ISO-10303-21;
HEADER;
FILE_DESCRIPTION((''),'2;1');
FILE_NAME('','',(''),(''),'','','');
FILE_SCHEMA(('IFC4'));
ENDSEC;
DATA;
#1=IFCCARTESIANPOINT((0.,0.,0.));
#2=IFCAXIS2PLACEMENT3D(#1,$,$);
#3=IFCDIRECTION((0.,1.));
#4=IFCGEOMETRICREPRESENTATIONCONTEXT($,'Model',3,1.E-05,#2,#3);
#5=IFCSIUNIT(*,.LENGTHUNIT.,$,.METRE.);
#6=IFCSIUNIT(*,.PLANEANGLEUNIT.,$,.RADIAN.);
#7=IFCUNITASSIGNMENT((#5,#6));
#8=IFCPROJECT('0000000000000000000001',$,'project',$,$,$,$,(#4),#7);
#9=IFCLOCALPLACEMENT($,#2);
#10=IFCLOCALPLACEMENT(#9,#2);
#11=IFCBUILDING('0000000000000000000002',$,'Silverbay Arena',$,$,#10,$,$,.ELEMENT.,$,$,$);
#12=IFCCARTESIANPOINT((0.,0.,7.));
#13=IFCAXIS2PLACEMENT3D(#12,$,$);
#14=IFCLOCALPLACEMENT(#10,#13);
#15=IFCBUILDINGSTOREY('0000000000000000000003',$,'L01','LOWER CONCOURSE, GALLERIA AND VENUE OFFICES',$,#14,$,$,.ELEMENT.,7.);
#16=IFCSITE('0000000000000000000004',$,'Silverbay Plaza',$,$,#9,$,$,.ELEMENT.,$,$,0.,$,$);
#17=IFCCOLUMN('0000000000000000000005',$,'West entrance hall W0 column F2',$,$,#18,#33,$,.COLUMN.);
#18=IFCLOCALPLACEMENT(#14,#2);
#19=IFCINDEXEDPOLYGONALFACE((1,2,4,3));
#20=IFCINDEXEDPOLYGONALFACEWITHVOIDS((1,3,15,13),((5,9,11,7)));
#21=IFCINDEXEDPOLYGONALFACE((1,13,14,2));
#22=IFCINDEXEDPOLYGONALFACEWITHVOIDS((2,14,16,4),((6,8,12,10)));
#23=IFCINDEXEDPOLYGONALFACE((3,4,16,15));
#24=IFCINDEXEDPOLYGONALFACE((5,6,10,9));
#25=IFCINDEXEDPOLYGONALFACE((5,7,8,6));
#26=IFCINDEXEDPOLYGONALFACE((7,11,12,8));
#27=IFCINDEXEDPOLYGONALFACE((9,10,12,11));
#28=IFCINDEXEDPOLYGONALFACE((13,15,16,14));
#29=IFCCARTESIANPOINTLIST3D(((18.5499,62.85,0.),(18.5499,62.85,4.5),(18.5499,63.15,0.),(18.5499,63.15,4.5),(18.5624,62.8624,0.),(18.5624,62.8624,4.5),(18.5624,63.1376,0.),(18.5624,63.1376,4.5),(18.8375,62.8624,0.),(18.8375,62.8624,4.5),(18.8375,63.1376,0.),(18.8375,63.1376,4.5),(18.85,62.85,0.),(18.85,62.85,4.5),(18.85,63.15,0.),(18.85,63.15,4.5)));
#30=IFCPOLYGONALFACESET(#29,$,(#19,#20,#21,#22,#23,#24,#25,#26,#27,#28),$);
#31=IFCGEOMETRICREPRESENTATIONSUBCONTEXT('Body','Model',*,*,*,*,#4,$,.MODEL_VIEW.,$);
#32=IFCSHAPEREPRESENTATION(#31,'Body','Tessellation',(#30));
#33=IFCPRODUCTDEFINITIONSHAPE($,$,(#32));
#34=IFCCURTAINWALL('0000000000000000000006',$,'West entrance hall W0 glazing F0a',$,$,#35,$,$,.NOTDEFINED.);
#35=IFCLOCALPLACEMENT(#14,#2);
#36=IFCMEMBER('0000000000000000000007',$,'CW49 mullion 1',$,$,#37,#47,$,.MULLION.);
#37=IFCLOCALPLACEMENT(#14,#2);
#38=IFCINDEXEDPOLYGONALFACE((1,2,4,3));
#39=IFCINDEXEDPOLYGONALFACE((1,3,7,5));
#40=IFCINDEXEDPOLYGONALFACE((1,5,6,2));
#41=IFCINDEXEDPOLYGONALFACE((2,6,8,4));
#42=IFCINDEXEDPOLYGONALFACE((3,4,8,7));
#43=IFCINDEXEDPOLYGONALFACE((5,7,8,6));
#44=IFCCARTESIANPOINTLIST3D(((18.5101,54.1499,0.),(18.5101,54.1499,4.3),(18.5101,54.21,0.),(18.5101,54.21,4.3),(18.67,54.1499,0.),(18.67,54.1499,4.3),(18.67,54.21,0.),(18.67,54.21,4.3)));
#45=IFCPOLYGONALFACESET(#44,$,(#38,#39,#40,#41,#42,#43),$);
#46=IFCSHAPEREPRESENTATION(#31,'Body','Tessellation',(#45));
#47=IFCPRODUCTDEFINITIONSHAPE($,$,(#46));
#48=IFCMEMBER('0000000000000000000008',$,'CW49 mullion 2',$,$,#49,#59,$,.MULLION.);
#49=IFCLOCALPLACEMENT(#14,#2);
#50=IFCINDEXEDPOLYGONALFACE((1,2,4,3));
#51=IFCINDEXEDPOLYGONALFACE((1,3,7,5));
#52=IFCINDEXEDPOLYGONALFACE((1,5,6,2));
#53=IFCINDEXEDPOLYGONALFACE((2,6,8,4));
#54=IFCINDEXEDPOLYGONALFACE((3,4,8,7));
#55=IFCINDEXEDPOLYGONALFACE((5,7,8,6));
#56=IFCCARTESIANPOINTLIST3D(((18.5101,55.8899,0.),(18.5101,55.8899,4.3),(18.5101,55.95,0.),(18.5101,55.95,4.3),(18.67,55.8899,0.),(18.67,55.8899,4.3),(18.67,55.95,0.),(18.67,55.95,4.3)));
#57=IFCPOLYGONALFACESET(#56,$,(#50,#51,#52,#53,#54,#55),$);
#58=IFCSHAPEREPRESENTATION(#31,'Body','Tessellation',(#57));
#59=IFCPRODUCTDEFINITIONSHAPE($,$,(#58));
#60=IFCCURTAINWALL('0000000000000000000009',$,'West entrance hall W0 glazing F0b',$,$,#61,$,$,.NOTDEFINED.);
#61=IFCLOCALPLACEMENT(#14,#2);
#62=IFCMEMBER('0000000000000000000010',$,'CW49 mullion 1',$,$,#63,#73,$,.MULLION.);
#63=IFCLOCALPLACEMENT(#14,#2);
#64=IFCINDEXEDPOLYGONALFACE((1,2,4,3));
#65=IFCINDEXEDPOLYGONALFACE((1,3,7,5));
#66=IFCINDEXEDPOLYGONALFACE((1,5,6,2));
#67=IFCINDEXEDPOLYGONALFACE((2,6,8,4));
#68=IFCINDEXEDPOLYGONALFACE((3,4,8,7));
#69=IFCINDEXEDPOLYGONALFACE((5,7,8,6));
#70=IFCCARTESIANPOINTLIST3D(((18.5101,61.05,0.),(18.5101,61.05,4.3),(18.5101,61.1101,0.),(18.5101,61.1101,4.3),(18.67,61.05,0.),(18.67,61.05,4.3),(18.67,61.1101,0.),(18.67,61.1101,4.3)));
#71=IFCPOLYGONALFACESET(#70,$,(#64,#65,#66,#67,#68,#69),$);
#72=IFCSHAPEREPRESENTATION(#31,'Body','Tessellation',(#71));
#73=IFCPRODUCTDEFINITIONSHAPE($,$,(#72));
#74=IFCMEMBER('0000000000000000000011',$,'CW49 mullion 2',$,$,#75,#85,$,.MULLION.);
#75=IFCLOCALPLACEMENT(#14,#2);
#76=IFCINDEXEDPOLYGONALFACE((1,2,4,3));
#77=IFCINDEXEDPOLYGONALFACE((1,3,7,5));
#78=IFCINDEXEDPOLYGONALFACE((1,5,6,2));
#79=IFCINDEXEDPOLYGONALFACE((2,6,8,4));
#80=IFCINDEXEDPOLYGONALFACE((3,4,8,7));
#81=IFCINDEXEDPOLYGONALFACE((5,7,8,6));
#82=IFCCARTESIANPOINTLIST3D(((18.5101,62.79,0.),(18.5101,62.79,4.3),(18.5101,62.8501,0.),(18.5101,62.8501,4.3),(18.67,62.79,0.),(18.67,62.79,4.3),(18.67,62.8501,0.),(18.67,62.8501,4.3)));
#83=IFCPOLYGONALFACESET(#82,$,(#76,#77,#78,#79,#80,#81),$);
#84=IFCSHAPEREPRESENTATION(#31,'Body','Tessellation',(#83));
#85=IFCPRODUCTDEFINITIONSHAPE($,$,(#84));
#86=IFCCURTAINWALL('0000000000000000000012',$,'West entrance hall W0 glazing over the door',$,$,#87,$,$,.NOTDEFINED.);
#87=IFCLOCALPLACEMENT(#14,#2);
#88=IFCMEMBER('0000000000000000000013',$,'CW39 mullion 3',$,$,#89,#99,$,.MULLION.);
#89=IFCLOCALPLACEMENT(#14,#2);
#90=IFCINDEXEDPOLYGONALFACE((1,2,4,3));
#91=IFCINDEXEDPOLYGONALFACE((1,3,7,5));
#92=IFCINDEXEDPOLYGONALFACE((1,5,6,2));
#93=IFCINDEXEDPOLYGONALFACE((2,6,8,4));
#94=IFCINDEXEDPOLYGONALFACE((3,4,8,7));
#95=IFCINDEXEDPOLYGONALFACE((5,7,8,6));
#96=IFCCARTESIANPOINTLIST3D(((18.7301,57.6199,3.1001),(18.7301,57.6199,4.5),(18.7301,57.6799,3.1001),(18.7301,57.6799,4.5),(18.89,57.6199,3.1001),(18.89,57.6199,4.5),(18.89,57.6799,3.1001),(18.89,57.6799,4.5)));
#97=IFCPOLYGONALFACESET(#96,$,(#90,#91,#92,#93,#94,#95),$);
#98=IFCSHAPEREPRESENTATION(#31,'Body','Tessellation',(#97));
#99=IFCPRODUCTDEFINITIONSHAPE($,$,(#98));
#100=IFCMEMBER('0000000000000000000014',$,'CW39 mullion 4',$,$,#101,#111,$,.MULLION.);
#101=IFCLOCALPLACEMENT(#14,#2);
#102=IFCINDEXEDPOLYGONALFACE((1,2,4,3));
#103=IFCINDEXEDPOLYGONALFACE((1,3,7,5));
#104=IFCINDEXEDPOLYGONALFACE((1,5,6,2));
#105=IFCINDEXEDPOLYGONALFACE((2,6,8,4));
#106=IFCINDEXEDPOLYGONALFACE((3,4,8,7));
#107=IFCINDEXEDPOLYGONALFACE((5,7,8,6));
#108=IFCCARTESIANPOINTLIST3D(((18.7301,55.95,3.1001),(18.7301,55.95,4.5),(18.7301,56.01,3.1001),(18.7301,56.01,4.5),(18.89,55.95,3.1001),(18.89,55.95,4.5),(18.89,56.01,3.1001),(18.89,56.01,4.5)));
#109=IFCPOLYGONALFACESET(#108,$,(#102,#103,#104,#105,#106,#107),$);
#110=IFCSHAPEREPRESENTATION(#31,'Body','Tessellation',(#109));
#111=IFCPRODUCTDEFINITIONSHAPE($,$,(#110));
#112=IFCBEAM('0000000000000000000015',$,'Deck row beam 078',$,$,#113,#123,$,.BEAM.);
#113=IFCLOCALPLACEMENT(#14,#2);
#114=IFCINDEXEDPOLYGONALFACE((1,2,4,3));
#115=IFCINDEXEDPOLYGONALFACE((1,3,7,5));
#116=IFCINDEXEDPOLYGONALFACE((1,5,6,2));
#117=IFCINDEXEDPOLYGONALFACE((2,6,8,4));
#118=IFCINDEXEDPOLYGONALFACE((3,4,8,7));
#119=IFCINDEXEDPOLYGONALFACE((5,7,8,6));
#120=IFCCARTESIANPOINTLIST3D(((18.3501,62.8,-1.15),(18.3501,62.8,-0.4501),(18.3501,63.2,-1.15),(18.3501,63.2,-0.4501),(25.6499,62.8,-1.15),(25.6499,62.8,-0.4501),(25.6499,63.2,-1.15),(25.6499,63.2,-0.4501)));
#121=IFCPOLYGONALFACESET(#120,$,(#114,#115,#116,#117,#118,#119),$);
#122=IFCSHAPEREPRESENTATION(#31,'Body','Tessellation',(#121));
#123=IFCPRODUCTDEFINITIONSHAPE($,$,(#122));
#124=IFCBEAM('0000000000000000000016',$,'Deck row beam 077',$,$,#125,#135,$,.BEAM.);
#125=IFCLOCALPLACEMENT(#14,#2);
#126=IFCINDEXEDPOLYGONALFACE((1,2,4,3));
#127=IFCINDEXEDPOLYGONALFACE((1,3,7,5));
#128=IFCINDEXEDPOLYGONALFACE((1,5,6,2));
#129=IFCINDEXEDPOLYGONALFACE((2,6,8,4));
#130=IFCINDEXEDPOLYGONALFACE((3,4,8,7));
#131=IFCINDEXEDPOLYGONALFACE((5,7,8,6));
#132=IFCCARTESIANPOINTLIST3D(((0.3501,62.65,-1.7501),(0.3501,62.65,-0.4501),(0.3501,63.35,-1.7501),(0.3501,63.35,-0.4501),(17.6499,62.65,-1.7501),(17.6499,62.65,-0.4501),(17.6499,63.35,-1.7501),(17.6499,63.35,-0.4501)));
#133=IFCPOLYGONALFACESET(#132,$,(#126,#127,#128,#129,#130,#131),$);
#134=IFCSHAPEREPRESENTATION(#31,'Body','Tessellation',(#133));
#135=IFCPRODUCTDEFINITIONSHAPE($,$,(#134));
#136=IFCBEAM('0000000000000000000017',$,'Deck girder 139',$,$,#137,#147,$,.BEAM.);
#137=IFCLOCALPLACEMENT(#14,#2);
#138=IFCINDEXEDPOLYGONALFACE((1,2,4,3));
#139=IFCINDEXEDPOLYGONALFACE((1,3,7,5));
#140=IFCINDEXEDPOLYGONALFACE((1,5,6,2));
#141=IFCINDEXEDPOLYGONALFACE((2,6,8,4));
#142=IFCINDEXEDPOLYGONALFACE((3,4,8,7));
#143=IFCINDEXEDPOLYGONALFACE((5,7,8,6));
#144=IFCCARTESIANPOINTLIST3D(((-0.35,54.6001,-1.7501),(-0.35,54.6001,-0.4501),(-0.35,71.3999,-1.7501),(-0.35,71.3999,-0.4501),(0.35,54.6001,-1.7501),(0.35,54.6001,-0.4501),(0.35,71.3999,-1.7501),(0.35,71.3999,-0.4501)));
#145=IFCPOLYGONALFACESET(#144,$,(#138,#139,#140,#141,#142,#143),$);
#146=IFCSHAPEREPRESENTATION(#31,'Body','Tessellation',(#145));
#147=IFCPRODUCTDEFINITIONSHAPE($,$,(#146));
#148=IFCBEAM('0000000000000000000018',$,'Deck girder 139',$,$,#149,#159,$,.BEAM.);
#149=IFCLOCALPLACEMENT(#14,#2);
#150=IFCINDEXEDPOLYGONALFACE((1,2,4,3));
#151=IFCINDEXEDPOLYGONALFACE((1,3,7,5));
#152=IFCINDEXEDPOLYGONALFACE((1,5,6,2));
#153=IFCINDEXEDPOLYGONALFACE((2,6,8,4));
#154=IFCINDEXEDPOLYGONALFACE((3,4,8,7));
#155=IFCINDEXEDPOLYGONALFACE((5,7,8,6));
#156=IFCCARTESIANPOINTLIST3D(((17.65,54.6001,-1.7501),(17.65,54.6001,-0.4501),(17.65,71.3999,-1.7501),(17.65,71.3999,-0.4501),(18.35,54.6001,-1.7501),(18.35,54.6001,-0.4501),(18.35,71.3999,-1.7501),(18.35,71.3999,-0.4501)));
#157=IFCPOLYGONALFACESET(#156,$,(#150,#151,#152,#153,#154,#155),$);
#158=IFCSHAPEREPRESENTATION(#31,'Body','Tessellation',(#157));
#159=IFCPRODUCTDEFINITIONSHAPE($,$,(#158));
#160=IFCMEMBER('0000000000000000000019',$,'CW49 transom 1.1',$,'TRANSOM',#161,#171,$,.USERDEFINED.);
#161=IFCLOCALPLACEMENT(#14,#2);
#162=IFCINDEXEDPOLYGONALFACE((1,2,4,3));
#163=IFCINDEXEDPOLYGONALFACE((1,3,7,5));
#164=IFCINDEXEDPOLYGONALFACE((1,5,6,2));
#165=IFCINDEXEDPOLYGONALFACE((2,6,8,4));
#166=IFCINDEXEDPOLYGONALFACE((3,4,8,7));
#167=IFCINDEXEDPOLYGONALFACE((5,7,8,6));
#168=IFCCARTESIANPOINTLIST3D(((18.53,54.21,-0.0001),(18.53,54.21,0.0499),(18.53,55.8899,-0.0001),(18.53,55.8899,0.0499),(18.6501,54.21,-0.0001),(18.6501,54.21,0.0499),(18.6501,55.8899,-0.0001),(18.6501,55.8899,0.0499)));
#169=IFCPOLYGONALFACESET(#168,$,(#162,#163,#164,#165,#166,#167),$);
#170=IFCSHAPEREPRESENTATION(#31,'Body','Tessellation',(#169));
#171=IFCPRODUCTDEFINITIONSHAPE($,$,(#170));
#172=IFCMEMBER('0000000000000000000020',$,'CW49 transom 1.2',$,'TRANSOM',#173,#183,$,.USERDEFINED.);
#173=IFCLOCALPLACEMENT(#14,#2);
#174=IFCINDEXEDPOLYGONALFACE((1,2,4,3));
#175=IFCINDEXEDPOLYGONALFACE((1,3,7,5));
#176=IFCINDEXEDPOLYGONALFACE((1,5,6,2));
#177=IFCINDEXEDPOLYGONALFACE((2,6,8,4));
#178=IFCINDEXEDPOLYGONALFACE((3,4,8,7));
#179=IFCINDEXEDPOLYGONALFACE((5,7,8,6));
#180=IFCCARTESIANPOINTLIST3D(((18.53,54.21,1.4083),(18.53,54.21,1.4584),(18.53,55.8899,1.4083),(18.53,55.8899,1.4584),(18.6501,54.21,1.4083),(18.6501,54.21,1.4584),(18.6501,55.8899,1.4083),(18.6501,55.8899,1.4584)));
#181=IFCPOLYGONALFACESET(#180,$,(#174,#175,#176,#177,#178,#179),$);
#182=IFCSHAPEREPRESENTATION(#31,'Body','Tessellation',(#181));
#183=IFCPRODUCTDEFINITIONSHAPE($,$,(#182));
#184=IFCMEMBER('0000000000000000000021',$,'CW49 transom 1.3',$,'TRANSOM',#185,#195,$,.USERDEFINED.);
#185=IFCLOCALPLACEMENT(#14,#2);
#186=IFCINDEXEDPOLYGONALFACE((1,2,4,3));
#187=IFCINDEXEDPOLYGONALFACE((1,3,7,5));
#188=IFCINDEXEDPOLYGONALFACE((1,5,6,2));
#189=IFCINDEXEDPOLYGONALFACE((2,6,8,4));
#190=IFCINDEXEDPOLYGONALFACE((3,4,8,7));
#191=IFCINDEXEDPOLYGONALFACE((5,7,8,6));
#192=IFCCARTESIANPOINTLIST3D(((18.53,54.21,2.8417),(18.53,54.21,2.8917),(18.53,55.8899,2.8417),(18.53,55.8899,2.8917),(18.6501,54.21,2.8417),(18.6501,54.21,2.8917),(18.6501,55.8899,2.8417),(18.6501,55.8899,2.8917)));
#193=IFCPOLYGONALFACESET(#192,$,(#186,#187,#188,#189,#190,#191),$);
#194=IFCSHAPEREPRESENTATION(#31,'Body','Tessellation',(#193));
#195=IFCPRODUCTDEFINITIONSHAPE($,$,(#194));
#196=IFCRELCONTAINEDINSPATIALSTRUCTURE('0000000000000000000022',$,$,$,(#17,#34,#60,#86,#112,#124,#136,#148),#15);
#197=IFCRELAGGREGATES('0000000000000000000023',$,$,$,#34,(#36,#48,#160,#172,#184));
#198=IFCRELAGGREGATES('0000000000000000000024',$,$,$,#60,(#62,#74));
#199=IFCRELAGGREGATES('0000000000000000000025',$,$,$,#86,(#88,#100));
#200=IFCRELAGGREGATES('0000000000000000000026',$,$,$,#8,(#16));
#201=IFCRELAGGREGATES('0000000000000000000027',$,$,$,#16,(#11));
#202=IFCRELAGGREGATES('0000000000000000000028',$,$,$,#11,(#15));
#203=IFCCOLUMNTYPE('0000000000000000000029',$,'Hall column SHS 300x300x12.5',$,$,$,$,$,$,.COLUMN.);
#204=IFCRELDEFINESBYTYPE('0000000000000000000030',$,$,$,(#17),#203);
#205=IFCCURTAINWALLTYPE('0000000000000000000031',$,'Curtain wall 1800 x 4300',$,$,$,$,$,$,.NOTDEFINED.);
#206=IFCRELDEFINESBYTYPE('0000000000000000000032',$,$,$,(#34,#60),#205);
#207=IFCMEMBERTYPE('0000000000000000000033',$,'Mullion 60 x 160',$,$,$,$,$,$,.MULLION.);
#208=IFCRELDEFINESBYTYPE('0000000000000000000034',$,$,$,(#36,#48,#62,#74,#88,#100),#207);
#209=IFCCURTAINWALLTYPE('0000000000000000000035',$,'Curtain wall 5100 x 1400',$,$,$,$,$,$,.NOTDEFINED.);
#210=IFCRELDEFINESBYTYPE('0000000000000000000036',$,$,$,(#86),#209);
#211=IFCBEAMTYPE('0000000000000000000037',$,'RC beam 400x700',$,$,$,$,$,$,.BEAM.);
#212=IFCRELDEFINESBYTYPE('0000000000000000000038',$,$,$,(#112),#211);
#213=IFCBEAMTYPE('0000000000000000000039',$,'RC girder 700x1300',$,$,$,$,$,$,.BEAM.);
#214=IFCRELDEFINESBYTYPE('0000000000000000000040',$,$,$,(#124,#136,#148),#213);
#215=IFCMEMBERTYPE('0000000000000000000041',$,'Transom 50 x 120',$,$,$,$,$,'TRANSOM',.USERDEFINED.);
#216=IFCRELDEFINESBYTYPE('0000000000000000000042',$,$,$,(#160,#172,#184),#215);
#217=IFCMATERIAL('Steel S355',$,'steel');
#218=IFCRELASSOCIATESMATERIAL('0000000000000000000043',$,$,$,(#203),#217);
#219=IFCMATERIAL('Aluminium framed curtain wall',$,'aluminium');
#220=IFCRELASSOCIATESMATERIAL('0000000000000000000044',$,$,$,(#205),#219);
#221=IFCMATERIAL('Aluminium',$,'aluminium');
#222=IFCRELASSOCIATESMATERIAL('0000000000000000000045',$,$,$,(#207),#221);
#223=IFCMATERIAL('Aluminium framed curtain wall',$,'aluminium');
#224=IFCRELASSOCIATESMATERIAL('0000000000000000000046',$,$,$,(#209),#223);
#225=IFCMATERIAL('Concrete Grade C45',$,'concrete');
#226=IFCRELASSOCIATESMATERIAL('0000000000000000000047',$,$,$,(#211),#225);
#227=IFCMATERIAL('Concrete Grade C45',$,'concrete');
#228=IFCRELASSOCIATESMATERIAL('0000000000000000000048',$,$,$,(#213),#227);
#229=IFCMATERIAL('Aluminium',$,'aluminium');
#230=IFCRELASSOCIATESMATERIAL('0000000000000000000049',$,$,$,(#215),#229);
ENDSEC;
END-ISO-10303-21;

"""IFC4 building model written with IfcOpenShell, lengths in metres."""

from ifc_helpers import new_model, si_unit, direction, frame, origin, origin_2d, place, context, subcontext, project, spatial, rectangle, hollow_rectangle, extrude, material, material_profile, profile_set, type_object, element, aggregate, save


model = new_model("IFC4")

# Units and contexts
model_context = context("Model", 3, precision=1e-05, world=origin(), true_north=direction((0.0, 1.0)))
body_context = subcontext(model_context, "Body", "Model", "MODEL_VIEW")
ifc_project = project(units=[si_unit("LENGTHUNIT", "METRE"), si_unit("PLANEANGLEUNIT", "RADIAN")], contexts=[model_context])

# Site, building, storey
site_placement = place(None, origin())
site = spatial("IfcSite", under=ifc_project, at=site_placement, Name="Silverbay Plaza", CompositionType="ELEMENT", RefElevation=0.0)
building_placement = place(site_placement, origin())
building = spatial("IfcBuilding", under=site, at=building_placement, Name="Silverbay Arena", CompositionType="ELEMENT")
storey_placement = place(building_placement, frame((0.0, 0.0, 7.0)))
storey = spatial("IfcBuildingStorey", under=building, at=storey_placement, Name="L01", Description="LOWER CONCOURSE, GALLERIA AND VENUE OFFICES", CompositionType="ELEMENT", Elevation=7.0)

# Column
ifc_material_1 = material(Name="Steel S355", Category="steel")
ifc_material_profile_1 = material_profile(ifc_material_1, hollow_rectangle(XDim=0.3, YDim=0.3, WallThickness=0.0125, at=origin_2d()), Name="SHS 300x300x12.5")
ifc_profile_set_1 = profile_set([ifc_material_profile_1], Name="Steel S355")
column_type = type_object("IfcColumnType", Name="Hall column SHS 300x300x12.5", PredefinedType="COLUMN", material=ifc_profile_set_1)
column_placement = place(storey_placement, frame((18.7, 63.0, 0.0), z_axis=(0.0, 0.0, 1.0), x_axis=(1.0, 0.0, 0.0)))
element("IfcColumn", 1, at=column_placement, inside=storey, type_object=column_type, Name="West entrance hall W0 column F2", PredefinedType="COLUMN", context=body_context, shape_type="SweptSolid", body=[
    extrude(hollow_rectangle(XDim=0.3, YDim=0.3, WallThickness=0.0125, at=origin_2d()), origin(), (0.0, 0.0, 1.0), 4.5),
])

# Curtain walls, members
ifc_material_2 = material(Name="Aluminium framed curtain wall", Category="aluminium")
curtain_wall_type_1 = type_object("IfcCurtainWallType", Name="Curtain wall 1800 x 4300", PredefinedType="NOTDEFINED", material=ifc_material_2)
curtain_wall_1_placement = place(storey_placement, origin())
curtain_wall_1 = element("IfcCurtainWall", 2, at=curtain_wall_1_placement, inside=storey, type_object=curtain_wall_type_1, Name="West entrance hall W0 glazing F0a", PredefinedType="NOTDEFINED")
ifc_material_3 = material(Name="Aluminium", Category="aluminium")
ifc_material_profile_2 = material_profile(ifc_material_3, rectangle(XDim=0.1599, YDim=0.0601, at=origin_2d()), Name="Mullion 60 x 160")
ifc_profile_set_2 = profile_set([ifc_material_profile_2], Name="Aluminium")
member_type_1 = type_object("IfcMemberType", Name="Mullion 60 x 160", PredefinedType="MULLION", material=ifc_profile_set_2)
member_1_placement = place(storey_placement, frame((18.5901, 54.1799, 0.0), z_axis=(0.0, 0.0, 1.0), x_axis=(-1.0, 0.0, 0.0)))
member_1 = element("IfcMember", 3, at=member_1_placement, type_object=member_type_1, Name="CW49 mullion 1", PredefinedType="MULLION", context=body_context, shape_type="SweptSolid", body=[
    extrude(rectangle(XDim=0.1599, YDim=0.0601, at=origin_2d()), origin(), (0.0, 0.0, 1.0), 4.3),
])
member_2_placement = place(storey_placement, frame((18.5901, 55.9199, 0.0), z_axis=(0.0, 0.0, 1.0), x_axis=(-1.0, 0.0, 0.0)))
member_2 = element("IfcMember", 4, at=member_2_placement, type_object=member_type_1, Name="CW49 mullion 2", PredefinedType="MULLION", context=body_context, shape_type="SweptSolid", body=[
    extrude(rectangle(XDim=0.1599, YDim=0.0601, at=origin_2d()), origin(), (0.0, 0.0, 1.0), 4.3),
])
curtain_wall_2_placement = place(storey_placement, origin())
curtain_wall_2 = element("IfcCurtainWall", 5, at=curtain_wall_2_placement, inside=storey, type_object=curtain_wall_type_1, Name="West entrance hall W0 glazing F0b", PredefinedType="NOTDEFINED")
member_3_placement = place(storey_placement, frame((18.5901, 61.0801, 0.0), z_axis=(0.0, 0.0, 1.0), x_axis=(-1.0, 0.0, 0.0)))
member_3 = element("IfcMember", 6, at=member_3_placement, type_object=member_type_1, Name="CW49 mullion 1", PredefinedType="MULLION", context=body_context, shape_type="SweptSolid", body=[
    extrude(rectangle(XDim=0.1599, YDim=0.0601, at=origin_2d()), origin(), (0.0, 0.0, 1.0), 4.3),
])
member_4_placement = place(storey_placement, frame((18.5901, 62.8201, 0.0), z_axis=(0.0, 0.0, 1.0), x_axis=(-1.0, 0.0, 0.0)))
member_4 = element("IfcMember", 7, at=member_4_placement, type_object=member_type_1, Name="CW49 mullion 2", PredefinedType="MULLION", context=body_context, shape_type="SweptSolid", body=[
    extrude(rectangle(XDim=0.1599, YDim=0.0601, at=origin_2d()), origin(), (0.0, 0.0, 1.0), 4.3),
])
ifc_material_4 = material(Name="Aluminium framed curtain wall", Category="aluminium")
curtain_wall_type_2 = type_object("IfcCurtainWallType", Name="Curtain wall 5100 x 1400", PredefinedType="NOTDEFINED", material=ifc_material_4)
curtain_wall_3_placement = place(storey_placement, origin())
curtain_wall_3 = element("IfcCurtainWall", 8, at=curtain_wall_3_placement, inside=storey, type_object=curtain_wall_type_2, Name="West entrance hall W0 glazing over the door", PredefinedType="NOTDEFINED")
member_5_placement = place(storey_placement, frame((18.8101, 57.6499, 3.1001), z_axis=(0.0, 0.0, 1.0), x_axis=(1.0, 0.0, 0.0)))
member_5 = element("IfcMember", 9, at=member_5_placement, type_object=member_type_1, Name="CW39 mullion 3", PredefinedType="MULLION", context=body_context, shape_type="SweptSolid", body=[
    extrude(rectangle(XDim=0.1599, YDim=0.0601, at=origin_2d()), origin(), (0.0, 0.0, 1.0), 1.3999),
])
member_6_placement = place(storey_placement, frame((18.8101, 55.98, 3.1001), z_axis=(0.0, 0.0, 1.0), x_axis=(1.0, 0.0, 0.0)))
member_6 = element("IfcMember", 10, at=member_6_placement, type_object=member_type_1, Name="CW39 mullion 4", PredefinedType="MULLION", context=body_context, shape_type="SweptSolid", body=[
    extrude(rectangle(XDim=0.1599, YDim=0.0601, at=origin_2d()), origin(), (0.0, 0.0, 1.0), 1.3999),
])

# Beams
ifc_material_5 = material(Name="Concrete Grade C45", Category="concrete")
ifc_material_profile_3 = material_profile(ifc_material_5, rectangle(XDim=0.3999, YDim=0.7, at=origin_2d()), Name="RC 400x700")
ifc_profile_set_3 = profile_set([ifc_material_profile_3], Name="Concrete Grade C45")
beam_type_1 = type_object("IfcBeamType", Name="RC beam 400x700", PredefinedType="BEAM", material=ifc_profile_set_3)
beam_1_placement = place(storey_placement, frame((18.3501, 63.0, -0.8), z_axis=(1.0, 0.0, 0.0), x_axis=(0.0, 1.0, 0.0)))
element("IfcBeam", 11, at=beam_1_placement, inside=storey, type_object=beam_type_1, Name="Deck row beam 078", PredefinedType="BEAM", context=body_context, shape_type="SweptSolid", body=[
    extrude(rectangle(XDim=0.3999, YDim=0.7, at=origin_2d()), origin(), (0.0, 0.0, 1.0), 7.2998),
])
ifc_material_6 = material(Name="Concrete Grade C45", Category="concrete")
ifc_material_profile_4 = material_profile(ifc_material_6, rectangle(XDim=0.7, YDim=1.3, at=origin_2d()), Name="RC 700x1300")
ifc_profile_set_4 = profile_set([ifc_material_profile_4], Name="Concrete Grade C45")
beam_type_2 = type_object("IfcBeamType", Name="RC girder 700x1300", PredefinedType="BEAM", material=ifc_profile_set_4)
beam_2_placement = place(storey_placement, frame((0.3501, 63.0, -1.1001), z_axis=(1.0, 0.0, 0.0), x_axis=(0.0, 1.0, 0.0)))
element("IfcBeam", 12, at=beam_2_placement, inside=storey, type_object=beam_type_2, Name="Deck row beam 077", PredefinedType="BEAM", context=body_context, shape_type="SweptSolid", body=[
    extrude(rectangle(XDim=0.7, YDim=1.3, at=origin_2d()), origin(), (0.0, 0.0, 1.0), 17.2998),
])
for number, where, z_axis, x_axis, name in (
    (13, (0.0, 54.6001, -1.1001), (0.0, 1.0, 0.0), (-1.0, 0.0, 0.0), "Deck girder 139"),
    (14, (18.0, 54.6001, -1.1001), (0.0, 1.0, 0.0), (-1.0, 0.0, 0.0), "Deck girder 139"),
):
    element("IfcBeam", number, at=place(storey_placement, frame(where, z_axis=z_axis, x_axis=x_axis)), inside=storey, type_object=beam_type_2, Name=name, PredefinedType="BEAM", context=body_context, shape_type="SweptSolid", body=[
        extrude(rectangle(XDim=0.7, YDim=1.3, at=origin_2d()), origin(), (0.0, 0.0, 1.0), 16.7998),
    ])

# Members
ifc_material_7 = material(Name="Aluminium", Category="aluminium")
ifc_material_profile_5 = material_profile(ifc_material_7, rectangle(XDim=0.1201, YDim=0.05, at=origin_2d()), Name="Transom 50 x 120")
ifc_profile_set_5 = profile_set([ifc_material_profile_5], Name="Aluminium")
member_type_2 = type_object("IfcMemberType", Name="Transom 50 x 120", ElementType="TRANSOM", PredefinedType="USERDEFINED", material=ifc_profile_set_5)
member_7_placement = place(storey_placement, frame((18.5901, 54.21, 0.0249), z_axis=(0.0, 1.0, 0.0), x_axis=(-1.0, 0.0, 0.0)))
member_7 = element("IfcMember", 15, at=member_7_placement, type_object=member_type_2, Name="CW49 transom 1.1", ObjectType="TRANSOM", PredefinedType="USERDEFINED", context=body_context, shape_type="SweptSolid", body=[
    extrude(rectangle(XDim=0.1201, YDim=0.05, at=origin_2d()), origin(), (0.0, 0.0, 1.0), 1.6799),
])
member_8_placement = place(storey_placement, frame((18.5901, 54.21, 1.4333), z_axis=(0.0, 1.0, 0.0), x_axis=(-1.0, 0.0, 0.0)))
member_8 = element("IfcMember", 16, at=member_8_placement, type_object=member_type_2, Name="CW49 transom 1.2", ObjectType="TRANSOM", PredefinedType="USERDEFINED", context=body_context, shape_type="SweptSolid", body=[
    extrude(rectangle(XDim=0.1201, YDim=0.05, at=origin_2d()), origin(), (0.0, 0.0, 1.0), 1.6799),
])
member_9_placement = place(storey_placement, frame((18.5901, 54.21, 2.8667), z_axis=(0.0, 1.0, 0.0), x_axis=(-1.0, 0.0, 0.0)))
member_9 = element("IfcMember", 17, at=member_9_placement, type_object=member_type_2, Name="CW49 transom 1.3", ObjectType="TRANSOM", PredefinedType="USERDEFINED", context=body_context, shape_type="SweptSolid", body=[
    extrude(rectangle(XDim=0.1201, YDim=0.05, at=origin_2d()), origin(), (0.0, 0.0, 1.0), 1.6799),
])

aggregate(curtain_wall_1, [member_1, member_2, member_7, member_8, member_9])
aggregate(curtain_wall_2, [member_3, member_4])
aggregate(curtain_wall_3, [member_5, member_6])

save(model, "model.ifc")
